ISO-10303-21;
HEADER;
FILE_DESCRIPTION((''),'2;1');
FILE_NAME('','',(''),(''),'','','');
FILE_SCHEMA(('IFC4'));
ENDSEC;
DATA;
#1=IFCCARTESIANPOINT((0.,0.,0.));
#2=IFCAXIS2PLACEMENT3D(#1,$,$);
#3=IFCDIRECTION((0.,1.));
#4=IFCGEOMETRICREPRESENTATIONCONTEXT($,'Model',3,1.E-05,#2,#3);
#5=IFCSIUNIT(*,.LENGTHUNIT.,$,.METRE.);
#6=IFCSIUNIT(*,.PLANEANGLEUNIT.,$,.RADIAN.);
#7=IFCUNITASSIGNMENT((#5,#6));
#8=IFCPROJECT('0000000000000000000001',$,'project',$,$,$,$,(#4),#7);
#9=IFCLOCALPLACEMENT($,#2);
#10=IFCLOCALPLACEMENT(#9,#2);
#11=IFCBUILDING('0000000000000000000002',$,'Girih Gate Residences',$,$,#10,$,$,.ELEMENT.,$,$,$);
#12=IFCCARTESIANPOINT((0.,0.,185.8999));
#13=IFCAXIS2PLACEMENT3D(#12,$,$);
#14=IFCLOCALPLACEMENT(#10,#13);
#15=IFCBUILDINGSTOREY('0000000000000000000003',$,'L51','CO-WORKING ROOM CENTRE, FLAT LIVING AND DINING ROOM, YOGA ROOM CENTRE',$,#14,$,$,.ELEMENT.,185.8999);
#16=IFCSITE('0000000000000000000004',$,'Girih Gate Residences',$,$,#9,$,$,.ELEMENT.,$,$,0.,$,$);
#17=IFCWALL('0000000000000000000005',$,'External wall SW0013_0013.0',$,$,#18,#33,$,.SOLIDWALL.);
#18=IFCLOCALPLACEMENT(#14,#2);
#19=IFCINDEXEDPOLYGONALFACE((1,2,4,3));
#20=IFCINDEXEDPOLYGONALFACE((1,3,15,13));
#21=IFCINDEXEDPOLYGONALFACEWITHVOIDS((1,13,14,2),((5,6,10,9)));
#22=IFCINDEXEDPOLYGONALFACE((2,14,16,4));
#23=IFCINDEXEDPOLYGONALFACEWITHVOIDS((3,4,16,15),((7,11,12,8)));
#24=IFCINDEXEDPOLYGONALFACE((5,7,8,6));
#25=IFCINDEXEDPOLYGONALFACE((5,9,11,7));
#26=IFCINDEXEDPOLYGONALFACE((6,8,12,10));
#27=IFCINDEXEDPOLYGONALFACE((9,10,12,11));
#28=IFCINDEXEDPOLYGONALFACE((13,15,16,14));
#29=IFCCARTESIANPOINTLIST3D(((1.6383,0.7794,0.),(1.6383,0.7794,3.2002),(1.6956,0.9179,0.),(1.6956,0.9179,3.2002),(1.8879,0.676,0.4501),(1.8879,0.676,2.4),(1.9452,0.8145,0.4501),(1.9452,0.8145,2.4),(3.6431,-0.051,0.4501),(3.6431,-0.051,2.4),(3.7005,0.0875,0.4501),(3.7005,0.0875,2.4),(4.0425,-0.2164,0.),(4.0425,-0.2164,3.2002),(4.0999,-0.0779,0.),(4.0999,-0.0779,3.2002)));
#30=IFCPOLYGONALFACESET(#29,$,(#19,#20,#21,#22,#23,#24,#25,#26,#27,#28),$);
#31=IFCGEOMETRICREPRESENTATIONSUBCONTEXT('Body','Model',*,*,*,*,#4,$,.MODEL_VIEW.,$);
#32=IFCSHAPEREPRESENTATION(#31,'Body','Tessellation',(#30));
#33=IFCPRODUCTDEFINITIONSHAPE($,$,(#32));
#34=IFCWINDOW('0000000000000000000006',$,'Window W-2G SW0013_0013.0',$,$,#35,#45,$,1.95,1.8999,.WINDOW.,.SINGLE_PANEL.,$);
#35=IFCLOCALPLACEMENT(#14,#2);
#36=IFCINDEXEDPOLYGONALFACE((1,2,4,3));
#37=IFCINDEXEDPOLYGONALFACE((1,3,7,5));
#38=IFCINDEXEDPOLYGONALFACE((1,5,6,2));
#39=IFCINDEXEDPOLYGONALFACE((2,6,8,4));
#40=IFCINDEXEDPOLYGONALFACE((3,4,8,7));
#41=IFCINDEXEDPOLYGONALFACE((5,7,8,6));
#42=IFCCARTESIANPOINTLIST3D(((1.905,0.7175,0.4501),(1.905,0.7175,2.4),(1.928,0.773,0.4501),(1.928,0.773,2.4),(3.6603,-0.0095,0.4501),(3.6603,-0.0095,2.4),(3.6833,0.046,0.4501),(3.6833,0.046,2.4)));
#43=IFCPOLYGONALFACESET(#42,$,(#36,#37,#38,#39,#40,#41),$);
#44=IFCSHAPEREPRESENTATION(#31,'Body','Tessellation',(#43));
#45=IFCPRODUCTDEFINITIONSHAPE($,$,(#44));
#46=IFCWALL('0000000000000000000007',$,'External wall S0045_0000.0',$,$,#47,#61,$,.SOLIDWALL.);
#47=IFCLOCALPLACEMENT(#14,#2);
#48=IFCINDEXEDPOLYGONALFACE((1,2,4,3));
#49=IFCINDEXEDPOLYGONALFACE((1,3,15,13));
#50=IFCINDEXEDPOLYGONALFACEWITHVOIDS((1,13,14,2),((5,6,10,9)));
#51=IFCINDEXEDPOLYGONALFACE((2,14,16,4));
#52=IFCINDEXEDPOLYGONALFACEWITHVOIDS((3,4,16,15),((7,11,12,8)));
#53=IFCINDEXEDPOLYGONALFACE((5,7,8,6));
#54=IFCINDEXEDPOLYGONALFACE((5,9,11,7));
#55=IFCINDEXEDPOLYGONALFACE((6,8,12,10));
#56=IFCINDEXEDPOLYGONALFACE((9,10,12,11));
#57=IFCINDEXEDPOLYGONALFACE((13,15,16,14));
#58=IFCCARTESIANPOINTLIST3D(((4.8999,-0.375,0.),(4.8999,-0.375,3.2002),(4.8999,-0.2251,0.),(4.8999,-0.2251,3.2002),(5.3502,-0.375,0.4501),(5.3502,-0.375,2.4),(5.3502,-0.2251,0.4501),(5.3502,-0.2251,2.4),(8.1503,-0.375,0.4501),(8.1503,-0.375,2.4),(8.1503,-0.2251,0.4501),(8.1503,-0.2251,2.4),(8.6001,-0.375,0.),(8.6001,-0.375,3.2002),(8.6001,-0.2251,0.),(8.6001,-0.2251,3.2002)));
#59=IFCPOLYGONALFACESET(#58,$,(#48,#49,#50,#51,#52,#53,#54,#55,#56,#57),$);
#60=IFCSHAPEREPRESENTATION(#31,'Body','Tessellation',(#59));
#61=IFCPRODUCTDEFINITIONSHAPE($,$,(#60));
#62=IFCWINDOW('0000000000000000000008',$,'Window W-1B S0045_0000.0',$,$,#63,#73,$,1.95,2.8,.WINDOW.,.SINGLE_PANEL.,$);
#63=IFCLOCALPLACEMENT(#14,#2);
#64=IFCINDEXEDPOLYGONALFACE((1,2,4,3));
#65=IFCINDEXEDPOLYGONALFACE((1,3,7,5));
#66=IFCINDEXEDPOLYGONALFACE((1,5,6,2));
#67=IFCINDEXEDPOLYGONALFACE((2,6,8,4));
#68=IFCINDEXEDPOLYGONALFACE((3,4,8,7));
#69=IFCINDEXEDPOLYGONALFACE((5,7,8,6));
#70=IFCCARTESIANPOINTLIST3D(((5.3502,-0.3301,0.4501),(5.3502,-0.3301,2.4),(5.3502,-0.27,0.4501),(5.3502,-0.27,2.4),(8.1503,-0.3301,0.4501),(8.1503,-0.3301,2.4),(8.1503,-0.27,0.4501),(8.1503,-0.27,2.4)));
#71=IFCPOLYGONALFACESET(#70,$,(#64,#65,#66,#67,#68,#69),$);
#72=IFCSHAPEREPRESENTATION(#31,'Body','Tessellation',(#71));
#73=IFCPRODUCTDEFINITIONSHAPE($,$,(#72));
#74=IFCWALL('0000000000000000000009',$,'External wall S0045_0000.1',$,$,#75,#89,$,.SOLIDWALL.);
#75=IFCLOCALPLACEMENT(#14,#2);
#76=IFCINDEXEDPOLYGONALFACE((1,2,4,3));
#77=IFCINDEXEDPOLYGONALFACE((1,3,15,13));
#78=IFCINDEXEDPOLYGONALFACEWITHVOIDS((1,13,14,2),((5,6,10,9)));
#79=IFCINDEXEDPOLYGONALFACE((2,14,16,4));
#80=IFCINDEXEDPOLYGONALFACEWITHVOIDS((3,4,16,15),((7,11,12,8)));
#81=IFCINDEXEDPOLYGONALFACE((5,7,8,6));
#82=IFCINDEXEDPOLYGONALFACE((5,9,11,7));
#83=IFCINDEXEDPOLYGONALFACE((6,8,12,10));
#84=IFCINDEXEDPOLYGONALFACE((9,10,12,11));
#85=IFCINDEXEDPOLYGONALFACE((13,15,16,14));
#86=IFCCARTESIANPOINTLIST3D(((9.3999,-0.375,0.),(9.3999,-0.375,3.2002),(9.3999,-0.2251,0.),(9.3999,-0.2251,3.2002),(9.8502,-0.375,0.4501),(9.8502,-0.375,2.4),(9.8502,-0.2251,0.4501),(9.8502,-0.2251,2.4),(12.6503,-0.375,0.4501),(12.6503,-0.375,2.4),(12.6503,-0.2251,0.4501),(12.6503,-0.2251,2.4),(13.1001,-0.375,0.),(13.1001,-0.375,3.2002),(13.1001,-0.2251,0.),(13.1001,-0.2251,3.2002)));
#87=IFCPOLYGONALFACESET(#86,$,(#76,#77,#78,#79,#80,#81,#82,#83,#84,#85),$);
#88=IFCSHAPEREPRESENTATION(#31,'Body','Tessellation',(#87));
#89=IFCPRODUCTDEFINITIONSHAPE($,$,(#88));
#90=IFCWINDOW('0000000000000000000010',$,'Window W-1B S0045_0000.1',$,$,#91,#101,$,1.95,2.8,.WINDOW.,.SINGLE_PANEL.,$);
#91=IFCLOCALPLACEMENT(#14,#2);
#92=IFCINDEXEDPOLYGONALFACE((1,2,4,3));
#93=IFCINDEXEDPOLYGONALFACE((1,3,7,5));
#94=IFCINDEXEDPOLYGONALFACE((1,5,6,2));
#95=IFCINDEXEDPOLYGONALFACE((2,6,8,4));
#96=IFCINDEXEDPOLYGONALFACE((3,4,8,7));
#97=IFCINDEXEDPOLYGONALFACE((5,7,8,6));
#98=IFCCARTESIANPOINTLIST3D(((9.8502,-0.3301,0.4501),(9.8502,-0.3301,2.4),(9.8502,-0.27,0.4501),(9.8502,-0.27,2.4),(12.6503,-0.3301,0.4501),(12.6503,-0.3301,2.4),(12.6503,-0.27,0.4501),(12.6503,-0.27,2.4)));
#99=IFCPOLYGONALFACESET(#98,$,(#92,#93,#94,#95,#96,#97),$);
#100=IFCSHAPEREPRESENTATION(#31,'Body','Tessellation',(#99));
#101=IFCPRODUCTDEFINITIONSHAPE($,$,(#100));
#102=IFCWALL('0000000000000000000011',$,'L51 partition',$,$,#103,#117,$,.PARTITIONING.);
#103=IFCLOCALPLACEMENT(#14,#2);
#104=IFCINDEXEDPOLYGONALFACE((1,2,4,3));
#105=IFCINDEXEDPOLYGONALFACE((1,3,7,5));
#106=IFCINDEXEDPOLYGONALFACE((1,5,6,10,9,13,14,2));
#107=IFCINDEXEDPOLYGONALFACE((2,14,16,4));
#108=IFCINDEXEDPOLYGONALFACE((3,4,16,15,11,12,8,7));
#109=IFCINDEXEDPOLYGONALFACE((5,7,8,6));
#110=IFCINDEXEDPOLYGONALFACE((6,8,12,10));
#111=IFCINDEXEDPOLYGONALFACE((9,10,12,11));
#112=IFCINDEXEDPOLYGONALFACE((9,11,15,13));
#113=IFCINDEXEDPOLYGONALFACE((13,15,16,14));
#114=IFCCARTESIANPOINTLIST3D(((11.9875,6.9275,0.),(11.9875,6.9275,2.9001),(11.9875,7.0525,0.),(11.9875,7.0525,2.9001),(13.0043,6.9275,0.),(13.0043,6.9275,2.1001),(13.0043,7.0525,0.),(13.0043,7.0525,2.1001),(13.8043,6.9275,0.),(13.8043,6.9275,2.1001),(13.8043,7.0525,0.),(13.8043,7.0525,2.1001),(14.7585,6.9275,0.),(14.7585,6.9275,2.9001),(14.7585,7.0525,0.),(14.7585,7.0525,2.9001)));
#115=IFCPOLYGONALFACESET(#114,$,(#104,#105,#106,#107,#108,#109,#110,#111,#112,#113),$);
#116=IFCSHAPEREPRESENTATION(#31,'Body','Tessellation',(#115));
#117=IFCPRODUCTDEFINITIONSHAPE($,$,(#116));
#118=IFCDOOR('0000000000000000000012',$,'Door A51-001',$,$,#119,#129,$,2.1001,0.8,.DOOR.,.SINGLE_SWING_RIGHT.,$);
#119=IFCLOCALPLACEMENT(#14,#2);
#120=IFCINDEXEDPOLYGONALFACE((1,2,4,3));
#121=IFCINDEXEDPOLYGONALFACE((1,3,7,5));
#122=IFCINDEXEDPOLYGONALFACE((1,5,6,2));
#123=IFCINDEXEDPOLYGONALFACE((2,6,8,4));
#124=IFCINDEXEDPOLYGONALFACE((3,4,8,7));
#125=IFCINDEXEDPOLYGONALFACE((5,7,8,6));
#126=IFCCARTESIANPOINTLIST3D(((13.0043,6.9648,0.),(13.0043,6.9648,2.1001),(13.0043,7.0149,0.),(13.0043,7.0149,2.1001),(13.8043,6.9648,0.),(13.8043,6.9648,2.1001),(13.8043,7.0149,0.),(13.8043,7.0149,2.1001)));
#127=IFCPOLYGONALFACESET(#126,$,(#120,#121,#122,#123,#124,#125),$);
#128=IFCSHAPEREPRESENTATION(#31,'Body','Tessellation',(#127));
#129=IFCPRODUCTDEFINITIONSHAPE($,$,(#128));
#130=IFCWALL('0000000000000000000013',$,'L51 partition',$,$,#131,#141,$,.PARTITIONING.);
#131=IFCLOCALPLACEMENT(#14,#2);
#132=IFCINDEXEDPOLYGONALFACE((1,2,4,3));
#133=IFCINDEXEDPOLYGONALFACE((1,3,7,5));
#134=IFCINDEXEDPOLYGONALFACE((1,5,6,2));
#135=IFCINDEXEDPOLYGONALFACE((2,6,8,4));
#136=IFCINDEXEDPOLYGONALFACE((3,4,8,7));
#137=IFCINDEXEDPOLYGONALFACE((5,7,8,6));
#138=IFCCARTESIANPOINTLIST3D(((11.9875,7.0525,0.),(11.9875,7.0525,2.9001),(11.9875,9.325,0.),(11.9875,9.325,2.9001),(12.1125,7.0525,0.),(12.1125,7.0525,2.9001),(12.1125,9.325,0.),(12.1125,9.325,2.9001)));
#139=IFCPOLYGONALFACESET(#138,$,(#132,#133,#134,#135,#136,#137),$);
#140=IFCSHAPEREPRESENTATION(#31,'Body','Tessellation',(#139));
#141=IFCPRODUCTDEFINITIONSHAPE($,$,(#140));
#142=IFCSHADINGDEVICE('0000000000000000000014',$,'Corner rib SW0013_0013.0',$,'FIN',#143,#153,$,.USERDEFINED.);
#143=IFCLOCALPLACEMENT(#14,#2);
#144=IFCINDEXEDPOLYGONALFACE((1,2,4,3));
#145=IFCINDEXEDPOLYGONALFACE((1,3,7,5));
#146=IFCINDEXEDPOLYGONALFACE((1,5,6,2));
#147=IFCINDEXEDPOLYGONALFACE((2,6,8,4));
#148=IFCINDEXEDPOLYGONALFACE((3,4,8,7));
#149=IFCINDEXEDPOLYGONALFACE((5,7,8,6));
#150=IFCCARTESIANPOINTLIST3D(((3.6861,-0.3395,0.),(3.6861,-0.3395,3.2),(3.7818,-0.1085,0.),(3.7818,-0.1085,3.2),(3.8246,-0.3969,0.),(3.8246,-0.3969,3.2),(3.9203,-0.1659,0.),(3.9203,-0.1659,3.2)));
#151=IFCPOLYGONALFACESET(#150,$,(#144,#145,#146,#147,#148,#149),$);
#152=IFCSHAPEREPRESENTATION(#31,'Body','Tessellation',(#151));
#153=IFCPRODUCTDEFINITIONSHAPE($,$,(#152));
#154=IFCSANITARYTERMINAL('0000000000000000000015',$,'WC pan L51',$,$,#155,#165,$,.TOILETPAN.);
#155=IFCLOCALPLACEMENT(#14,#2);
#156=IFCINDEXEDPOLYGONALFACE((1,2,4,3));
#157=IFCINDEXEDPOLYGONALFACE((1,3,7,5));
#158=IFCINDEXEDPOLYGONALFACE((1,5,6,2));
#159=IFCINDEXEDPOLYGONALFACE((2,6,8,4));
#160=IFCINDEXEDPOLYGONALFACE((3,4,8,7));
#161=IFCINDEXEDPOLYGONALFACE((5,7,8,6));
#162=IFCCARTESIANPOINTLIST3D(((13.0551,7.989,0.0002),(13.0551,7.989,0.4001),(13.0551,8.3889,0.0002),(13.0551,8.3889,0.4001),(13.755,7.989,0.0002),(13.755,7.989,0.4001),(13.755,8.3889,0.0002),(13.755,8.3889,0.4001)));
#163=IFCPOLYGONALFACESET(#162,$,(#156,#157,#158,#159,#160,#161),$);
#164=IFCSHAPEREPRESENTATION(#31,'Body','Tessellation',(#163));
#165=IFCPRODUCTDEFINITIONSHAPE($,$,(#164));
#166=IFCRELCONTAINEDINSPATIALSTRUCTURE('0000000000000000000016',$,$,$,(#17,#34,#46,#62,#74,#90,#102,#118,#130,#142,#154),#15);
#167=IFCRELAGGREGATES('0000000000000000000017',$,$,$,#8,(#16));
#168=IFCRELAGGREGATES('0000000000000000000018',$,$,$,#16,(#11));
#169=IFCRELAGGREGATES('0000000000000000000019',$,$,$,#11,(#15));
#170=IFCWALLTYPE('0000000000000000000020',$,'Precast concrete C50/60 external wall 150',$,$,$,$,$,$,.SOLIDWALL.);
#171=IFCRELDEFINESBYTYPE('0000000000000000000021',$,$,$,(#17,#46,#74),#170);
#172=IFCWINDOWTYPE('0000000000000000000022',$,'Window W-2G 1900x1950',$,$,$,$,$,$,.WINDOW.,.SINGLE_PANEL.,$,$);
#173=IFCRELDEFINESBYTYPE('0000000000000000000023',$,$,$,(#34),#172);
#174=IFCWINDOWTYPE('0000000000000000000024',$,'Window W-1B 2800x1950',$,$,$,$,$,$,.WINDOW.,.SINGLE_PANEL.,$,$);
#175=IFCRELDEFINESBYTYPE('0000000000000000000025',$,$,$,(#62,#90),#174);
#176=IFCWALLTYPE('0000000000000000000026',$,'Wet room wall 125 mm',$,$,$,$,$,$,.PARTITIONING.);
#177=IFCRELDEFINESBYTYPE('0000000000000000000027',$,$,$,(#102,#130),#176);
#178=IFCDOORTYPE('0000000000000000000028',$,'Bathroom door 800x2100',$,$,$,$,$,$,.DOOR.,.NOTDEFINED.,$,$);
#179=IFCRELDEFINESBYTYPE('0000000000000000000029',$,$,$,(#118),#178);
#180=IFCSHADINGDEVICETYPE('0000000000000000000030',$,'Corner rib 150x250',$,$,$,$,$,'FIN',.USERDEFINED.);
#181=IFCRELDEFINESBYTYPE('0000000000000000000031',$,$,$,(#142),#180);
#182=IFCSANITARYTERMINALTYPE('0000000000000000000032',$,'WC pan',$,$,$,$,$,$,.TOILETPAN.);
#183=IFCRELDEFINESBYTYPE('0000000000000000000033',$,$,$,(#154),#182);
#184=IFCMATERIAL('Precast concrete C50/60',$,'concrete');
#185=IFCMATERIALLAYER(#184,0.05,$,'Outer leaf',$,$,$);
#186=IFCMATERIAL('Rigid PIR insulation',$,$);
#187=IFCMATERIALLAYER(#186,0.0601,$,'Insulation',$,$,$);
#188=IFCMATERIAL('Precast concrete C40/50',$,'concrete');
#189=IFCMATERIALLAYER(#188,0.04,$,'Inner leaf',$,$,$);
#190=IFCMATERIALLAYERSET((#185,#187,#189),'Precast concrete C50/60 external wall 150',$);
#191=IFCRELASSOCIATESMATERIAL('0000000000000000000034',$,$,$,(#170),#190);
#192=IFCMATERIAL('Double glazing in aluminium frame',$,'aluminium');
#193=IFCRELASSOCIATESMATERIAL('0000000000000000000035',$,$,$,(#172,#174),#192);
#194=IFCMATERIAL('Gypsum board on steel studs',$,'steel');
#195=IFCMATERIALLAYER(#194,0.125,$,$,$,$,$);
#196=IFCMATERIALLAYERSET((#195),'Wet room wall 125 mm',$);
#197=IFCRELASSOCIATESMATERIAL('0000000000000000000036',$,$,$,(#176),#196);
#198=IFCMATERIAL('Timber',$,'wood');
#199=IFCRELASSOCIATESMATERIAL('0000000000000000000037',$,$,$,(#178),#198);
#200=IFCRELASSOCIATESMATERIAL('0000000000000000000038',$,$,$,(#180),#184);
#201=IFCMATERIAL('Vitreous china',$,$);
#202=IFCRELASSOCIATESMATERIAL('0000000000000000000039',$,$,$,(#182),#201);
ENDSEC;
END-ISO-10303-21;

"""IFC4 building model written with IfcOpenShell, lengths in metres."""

from ifc_helpers import new_model, si_unit, direction, frame, frame_2d, origin, origin_2d, place, context, subcontext, project, spatial, rectangle, extrude, material, layer, layer_set, type_object, element, fill, save


model = new_model("IFC4")

# Units and contexts
model_context = context("Model", 3, precision=1e-05, world=origin(), true_north=direction((0.0, 1.0)))
body_context = subcontext(model_context, "Body", "Model", "MODEL_VIEW")
ifc_project = project(units=[si_unit("LENGTHUNIT", "METRE"), si_unit("PLANEANGLEUNIT", "RADIAN")], contexts=[model_context])

# Site, building, storey
site_placement = place(None, origin())
site = spatial("IfcSite", under=ifc_project, at=site_placement, Name="Girih Gate Residences", CompositionType="ELEMENT", RefElevation=0.0)
building_placement = place(site_placement, origin())
building = spatial("IfcBuilding", under=site, at=building_placement, Name="Girih Gate Residences", CompositionType="ELEMENT")
storey_placement = place(building_placement, frame((0.0, 0.0, 185.8999)))
storey = spatial("IfcBuildingStorey", under=building, at=storey_placement, Name="L51", Description="CO-WORKING ROOM CENTRE, FLAT LIVING AND DINING ROOM, YOGA ROOM CENTRE", CompositionType="ELEMENT", Elevation=185.8999)

# Shared definitions
ifc_material_1 = material(Name="Gypsum board on steel studs", Category="steel")

# Shared definitions
ifc_material_2 = material(Name="Timber", Category="wood")

# Walls, openings, windows
ifc_material_3 = material(Name="Precast concrete C50/60", Category="concrete")
ifc_layer_1 = layer(ifc_material_3, 0.05, Name="Outer leaf")
ifc_material_4 = material(Name="Rigid PIR insulation")
ifc_layer_2 = layer(ifc_material_4, 0.0601, Name="Insulation")
ifc_material_5 = material(Name="Precast concrete C40/50", Category="concrete")
ifc_layer_3 = layer(ifc_material_5, 0.04, Name="Inner leaf")
ifc_layer_set_1 = layer_set([ifc_layer_1, ifc_layer_2, ifc_layer_3], Name="Precast concrete C50/60 external wall 150")
wall_type_1 = type_object("IfcWallType", Name="Precast concrete C50/60 external wall 150", PredefinedType="SOLIDWALL", material=ifc_layer_set_1)
ifc_material_6 = material(Name="Double glazing in aluminium frame", Category="aluminium")
window_type_1 = type_object("IfcWindowType", Name="Window W-2G 1900x1950", PartitioningType="SINGLE_PANEL", PredefinedType="WINDOW", material=ifc_material_6)
wall_1_placement = place(storey_placement, frame((4.0713, -0.1472, 0.0), z_axis=(0.0, 0.0, 1.0), x_axis=(-0.923885, 0.382669, 0.0)))
wall_1 = element("IfcWall", 1, at=wall_1_placement, inside=storey, type_object=wall_type_1, Name="External wall SW0013_0013.0", PredefinedType="SOLIDWALL", context=body_context, shape_type="SweptSolid", body=[
    extrude(rectangle(XDim=2.6023, YDim=0.1499, at=frame_2d((1.3013, 0.0))), origin(), (0.0, 0.0, 1.0), 3.2002),
])
opening_1_placement = place(wall_1_placement, frame((0.4324, 0.0, 0.45)))
opening_1 = element("IfcOpeningElement", 2, at=opening_1_placement, cuts=wall_1, PredefinedType="OPENING", context=body_context, shape_type="SweptSolid", body=[
    extrude(rectangle(XDim=1.8999, YDim=1.95, at=frame_2d((0.95, 0.9751))), frame((0.0, 0.085, 0.0), z_axis=(0.0, -1.0, 0.0), x_axis=(1.0, 0.0, 0.0)), (0.0, 0.0, 1.0), 0.1699),
])
window_1_placement = place(opening_1_placement, origin())
window_1 = element("IfcWindow", 3, at=window_1_placement, inside=storey, type_object=window_type_1, Name="Window W-2G SW0013_0013.0", OverallHeight=1.95, OverallWidth=1.8999, PartitioningType="SINGLE_PANEL", PredefinedType="WINDOW", context=body_context, shape_type="SweptSolid", body=[
    extrude(rectangle(XDim=1.8999, YDim=1.95, at=frame_2d((0.95, 0.9751))), frame((0.0, 0.03, 0.0), z_axis=(0.0, -1.0, 0.0), x_axis=(1.0, 0.0, 0.0)), (0.0, 0.0, 1.0), 0.0601),
])
fill(opening_1, window_1)
wall_2_placement = place(storey_placement, frame((8.6001, -0.3, 0.0), z_axis=(0.0, 0.0, 1.0), x_axis=(-1.0, 0.0, 0.0)))
wall_2 = element("IfcWall", 4, at=wall_2_placement, inside=storey, type_object=wall_type_1, Name="External wall S0045_0000.0", PredefinedType="SOLIDWALL", context=body_context, shape_type="SweptSolid", body=[
    extrude(rectangle(XDim=3.7002, YDim=0.1499, at=frame_2d((1.8501, 0.0))), origin(), (0.0, 0.0, 1.0), 3.2002),
])
opening_2_placement = place(wall_2_placement, frame((0.45, 0.0, 0.45)))
opening_2 = element("IfcOpeningElement", 5, at=opening_2_placement, cuts=wall_2, PredefinedType="OPENING", context=body_context, shape_type="SweptSolid", body=[
    extrude(rectangle(XDim=2.8, YDim=1.95, at=frame_2d((1.3999, 0.9751))), frame((0.0, 0.085, 0.0), z_axis=(0.0, -1.0, 0.0), x_axis=(1.0, 0.0, 0.0)), (0.0, 0.0, 1.0), 0.1699),
])
window_type_2 = type_object("IfcWindowType", Name="Window W-1B 2800x1950", PartitioningType="SINGLE_PANEL", PredefinedType="WINDOW", material=ifc_material_6)
window_2_placement = place(opening_2_placement, origin())
window_2 = element("IfcWindow", 6, at=window_2_placement, inside=storey, type_object=window_type_2, Name="Window W-1B S0045_0000.0", OverallHeight=1.95, OverallWidth=2.8, PartitioningType="SINGLE_PANEL", PredefinedType="WINDOW", context=body_context, shape_type="SweptSolid", body=[
    extrude(rectangle(XDim=2.8, YDim=1.95, at=frame_2d((1.3999, 0.9751))), frame((0.0, 0.03, 0.0), z_axis=(0.0, -1.0, 0.0), x_axis=(1.0, 0.0, 0.0)), (0.0, 0.0, 1.0), 0.0601),
])
fill(opening_2, window_2)
wall_3_placement = place(storey_placement, frame((13.1001, -0.3, 0.0), z_axis=(0.0, 0.0, 1.0), x_axis=(-1.0, 0.0, 0.0)))
wall_3 = element("IfcWall", 7, at=wall_3_placement, inside=storey, type_object=wall_type_1, Name="External wall S0045_0000.1", PredefinedType="SOLIDWALL", context=body_context, shape_type="SweptSolid", body=[
    extrude(rectangle(XDim=3.7002, YDim=0.1499, at=frame_2d((1.8501, 0.0))), origin(), (0.0, 0.0, 1.0), 3.2002),
])
opening_3_placement = place(wall_3_placement, frame((0.45, 0.0, 0.45)))
opening_3 = element("IfcOpeningElement", 8, at=opening_3_placement, cuts=wall_3, PredefinedType="OPENING", context=body_context, shape_type="SweptSolid", body=[
    extrude(rectangle(XDim=2.8, YDim=1.95, at=frame_2d((1.3999, 0.9751))), frame((0.0, 0.085, 0.0), z_axis=(0.0, -1.0, 0.0), x_axis=(1.0, 0.0, 0.0)), (0.0, 0.0, 1.0), 0.1699),
])
window_3_placement = place(opening_3_placement, origin())
window_3 = element("IfcWindow", 9, at=window_3_placement, inside=storey, type_object=window_type_2, Name="Window W-1B S0045_0000.1", OverallHeight=1.95, OverallWidth=2.8, PartitioningType="SINGLE_PANEL", PredefinedType="WINDOW", context=body_context, shape_type="SweptSolid", body=[
    extrude(rectangle(XDim=2.8, YDim=1.95, at=frame_2d((1.3999, 0.9751))), frame((0.0, 0.03, 0.0), z_axis=(0.0, -1.0, 0.0), x_axis=(1.0, 0.0, 0.0)), (0.0, 0.0, 1.0), 0.0601),
])
fill(opening_3, window_3)

# Wall, opening, door
ifc_layer_4 = layer(ifc_material_1, 0.125)
ifc_layer_set_2 = layer_set([ifc_layer_4], Name="Wet room wall 125 mm")
wall_type_2 = type_object("IfcWallType", Name="Wet room wall 125 mm", PredefinedType="PARTITIONING", material=ifc_layer_set_2)
wall_4_placement = place(storey_placement, frame((11.9875, 6.99, 0.0), z_axis=(0.0, 0.0, 1.0), x_axis=(1.0, 0.0, 0.0)))
wall_4 = element("IfcWall", 10, at=wall_4_placement, inside=storey, type_object=wall_type_2, Name="L51 partition", PredefinedType="PARTITIONING", context=body_context, shape_type="SweptSolid", body=[
    extrude(rectangle(XDim=2.771, YDim=0.125, at=frame_2d((1.3855, 0.0))), origin(), (0.0, 0.0, 1.0), 2.9001),
])
opening_4_placement = place(wall_4_placement, frame((1.0168, 0.0, 0.0)))
opening_4 = element("IfcOpeningElement", 11, at=opening_4_placement, cuts=wall_4, PredefinedType="OPENING", context=body_context, shape_type="SweptSolid", body=[
    extrude(rectangle(XDim=0.8, YDim=2.1001, at=frame_2d((0.3999, 1.05))), frame((0.0, 0.0725, 0.0), z_axis=(0.0, -1.0, 0.0), x_axis=(1.0, 0.0, 0.0)), (0.0, 0.0, 1.0), 0.145),
])
door_type_1 = type_object("IfcDoorType", Name="Bathroom door 800x2100", OperationType="NOTDEFINED", PredefinedType="DOOR", material=ifc_material_2)
door_1_placement = place(opening_4_placement, origin())
door_1 = element("IfcDoor", 12, at=door_1_placement, inside=storey, type_object=door_type_1, Name="Door A51-001", OperationType="SINGLE_SWING_RIGHT", OverallHeight=2.1001, OverallWidth=0.8, PredefinedType="DOOR", context=body_context, shape_type="SweptSolid", body=[
    extrude(rectangle(XDim=0.8, YDim=2.1001, at=frame_2d((0.3999, 1.05))), frame((0.0, 0.0249, 0.0), z_axis=(0.0, -1.0, 0.0), x_axis=(1.0, 0.0, 0.0)), (0.0, 0.0, 1.0), 0.05),
])
fill(opening_4, door_1)

# Wall
wall_5_placement = place(storey_placement, frame((12.05, 7.0525, 0.0), z_axis=(0.0, 0.0, 1.0), x_axis=(0.0, 1.0, 0.0)))
element("IfcWall", 13, at=wall_5_placement, inside=storey, type_object=wall_type_2, Name="L51 partition", PredefinedType="PARTITIONING", context=body_context, shape_type="SweptSolid", body=[
    extrude(rectangle(XDim=2.2725, YDim=0.125, at=frame_2d((1.1362, 0.0))), origin(), (0.0, 0.0, 1.0), 2.9001),
])

# Shading device
shading_device_type = type_object("IfcShadingDeviceType", Name="Corner rib 150x250", ElementType="FIN", PredefinedType="USERDEFINED", material=ifc_material_3)
shading_device_placement = place(storey_placement, frame((3.8032, -0.2527, 0.0), z_axis=(0.0, 0.0, 1.0), x_axis=(0.92388, -0.382683, 0.0)))
element("IfcShadingDevice", 14, at=shading_device_placement, inside=storey, type_object=shading_device_type, Name="Corner rib SW0013_0013.0", ObjectType="FIN", PredefinedType="USERDEFINED", context=body_context, shape_type="SweptSolid", body=[
    extrude(rectangle(XDim=0.1499, YDim=0.25, at=origin_2d()), origin(), (0.0, 0.0, 1.0), 3.2),
])

# Sanitary terminal
ifc_material_7 = material(Name="Vitreous china")
sanitary_terminal_type = type_object("IfcSanitaryTerminalType", Name="WC pan", PredefinedType="TOILETPAN", material=ifc_material_7)
sanitary_terminal_placement = place(storey_placement, frame((13.405, 8.189, 0.0002), z_axis=(0.0, 0.0, 1.0), x_axis=(1.0, 0.0, 0.0)))
element("IfcSanitaryTerminal", 15, at=sanitary_terminal_placement, inside=storey, type_object=sanitary_terminal_type, Name="WC pan L51", PredefinedType="TOILETPAN", context=body_context, shape_type="SweptSolid", body=[
    extrude(rectangle(XDim=0.7, YDim=0.3999, at=origin_2d()), origin(), (0.0, 0.0, 1.0), 0.3999),
])

save(model, "model.ifc")
